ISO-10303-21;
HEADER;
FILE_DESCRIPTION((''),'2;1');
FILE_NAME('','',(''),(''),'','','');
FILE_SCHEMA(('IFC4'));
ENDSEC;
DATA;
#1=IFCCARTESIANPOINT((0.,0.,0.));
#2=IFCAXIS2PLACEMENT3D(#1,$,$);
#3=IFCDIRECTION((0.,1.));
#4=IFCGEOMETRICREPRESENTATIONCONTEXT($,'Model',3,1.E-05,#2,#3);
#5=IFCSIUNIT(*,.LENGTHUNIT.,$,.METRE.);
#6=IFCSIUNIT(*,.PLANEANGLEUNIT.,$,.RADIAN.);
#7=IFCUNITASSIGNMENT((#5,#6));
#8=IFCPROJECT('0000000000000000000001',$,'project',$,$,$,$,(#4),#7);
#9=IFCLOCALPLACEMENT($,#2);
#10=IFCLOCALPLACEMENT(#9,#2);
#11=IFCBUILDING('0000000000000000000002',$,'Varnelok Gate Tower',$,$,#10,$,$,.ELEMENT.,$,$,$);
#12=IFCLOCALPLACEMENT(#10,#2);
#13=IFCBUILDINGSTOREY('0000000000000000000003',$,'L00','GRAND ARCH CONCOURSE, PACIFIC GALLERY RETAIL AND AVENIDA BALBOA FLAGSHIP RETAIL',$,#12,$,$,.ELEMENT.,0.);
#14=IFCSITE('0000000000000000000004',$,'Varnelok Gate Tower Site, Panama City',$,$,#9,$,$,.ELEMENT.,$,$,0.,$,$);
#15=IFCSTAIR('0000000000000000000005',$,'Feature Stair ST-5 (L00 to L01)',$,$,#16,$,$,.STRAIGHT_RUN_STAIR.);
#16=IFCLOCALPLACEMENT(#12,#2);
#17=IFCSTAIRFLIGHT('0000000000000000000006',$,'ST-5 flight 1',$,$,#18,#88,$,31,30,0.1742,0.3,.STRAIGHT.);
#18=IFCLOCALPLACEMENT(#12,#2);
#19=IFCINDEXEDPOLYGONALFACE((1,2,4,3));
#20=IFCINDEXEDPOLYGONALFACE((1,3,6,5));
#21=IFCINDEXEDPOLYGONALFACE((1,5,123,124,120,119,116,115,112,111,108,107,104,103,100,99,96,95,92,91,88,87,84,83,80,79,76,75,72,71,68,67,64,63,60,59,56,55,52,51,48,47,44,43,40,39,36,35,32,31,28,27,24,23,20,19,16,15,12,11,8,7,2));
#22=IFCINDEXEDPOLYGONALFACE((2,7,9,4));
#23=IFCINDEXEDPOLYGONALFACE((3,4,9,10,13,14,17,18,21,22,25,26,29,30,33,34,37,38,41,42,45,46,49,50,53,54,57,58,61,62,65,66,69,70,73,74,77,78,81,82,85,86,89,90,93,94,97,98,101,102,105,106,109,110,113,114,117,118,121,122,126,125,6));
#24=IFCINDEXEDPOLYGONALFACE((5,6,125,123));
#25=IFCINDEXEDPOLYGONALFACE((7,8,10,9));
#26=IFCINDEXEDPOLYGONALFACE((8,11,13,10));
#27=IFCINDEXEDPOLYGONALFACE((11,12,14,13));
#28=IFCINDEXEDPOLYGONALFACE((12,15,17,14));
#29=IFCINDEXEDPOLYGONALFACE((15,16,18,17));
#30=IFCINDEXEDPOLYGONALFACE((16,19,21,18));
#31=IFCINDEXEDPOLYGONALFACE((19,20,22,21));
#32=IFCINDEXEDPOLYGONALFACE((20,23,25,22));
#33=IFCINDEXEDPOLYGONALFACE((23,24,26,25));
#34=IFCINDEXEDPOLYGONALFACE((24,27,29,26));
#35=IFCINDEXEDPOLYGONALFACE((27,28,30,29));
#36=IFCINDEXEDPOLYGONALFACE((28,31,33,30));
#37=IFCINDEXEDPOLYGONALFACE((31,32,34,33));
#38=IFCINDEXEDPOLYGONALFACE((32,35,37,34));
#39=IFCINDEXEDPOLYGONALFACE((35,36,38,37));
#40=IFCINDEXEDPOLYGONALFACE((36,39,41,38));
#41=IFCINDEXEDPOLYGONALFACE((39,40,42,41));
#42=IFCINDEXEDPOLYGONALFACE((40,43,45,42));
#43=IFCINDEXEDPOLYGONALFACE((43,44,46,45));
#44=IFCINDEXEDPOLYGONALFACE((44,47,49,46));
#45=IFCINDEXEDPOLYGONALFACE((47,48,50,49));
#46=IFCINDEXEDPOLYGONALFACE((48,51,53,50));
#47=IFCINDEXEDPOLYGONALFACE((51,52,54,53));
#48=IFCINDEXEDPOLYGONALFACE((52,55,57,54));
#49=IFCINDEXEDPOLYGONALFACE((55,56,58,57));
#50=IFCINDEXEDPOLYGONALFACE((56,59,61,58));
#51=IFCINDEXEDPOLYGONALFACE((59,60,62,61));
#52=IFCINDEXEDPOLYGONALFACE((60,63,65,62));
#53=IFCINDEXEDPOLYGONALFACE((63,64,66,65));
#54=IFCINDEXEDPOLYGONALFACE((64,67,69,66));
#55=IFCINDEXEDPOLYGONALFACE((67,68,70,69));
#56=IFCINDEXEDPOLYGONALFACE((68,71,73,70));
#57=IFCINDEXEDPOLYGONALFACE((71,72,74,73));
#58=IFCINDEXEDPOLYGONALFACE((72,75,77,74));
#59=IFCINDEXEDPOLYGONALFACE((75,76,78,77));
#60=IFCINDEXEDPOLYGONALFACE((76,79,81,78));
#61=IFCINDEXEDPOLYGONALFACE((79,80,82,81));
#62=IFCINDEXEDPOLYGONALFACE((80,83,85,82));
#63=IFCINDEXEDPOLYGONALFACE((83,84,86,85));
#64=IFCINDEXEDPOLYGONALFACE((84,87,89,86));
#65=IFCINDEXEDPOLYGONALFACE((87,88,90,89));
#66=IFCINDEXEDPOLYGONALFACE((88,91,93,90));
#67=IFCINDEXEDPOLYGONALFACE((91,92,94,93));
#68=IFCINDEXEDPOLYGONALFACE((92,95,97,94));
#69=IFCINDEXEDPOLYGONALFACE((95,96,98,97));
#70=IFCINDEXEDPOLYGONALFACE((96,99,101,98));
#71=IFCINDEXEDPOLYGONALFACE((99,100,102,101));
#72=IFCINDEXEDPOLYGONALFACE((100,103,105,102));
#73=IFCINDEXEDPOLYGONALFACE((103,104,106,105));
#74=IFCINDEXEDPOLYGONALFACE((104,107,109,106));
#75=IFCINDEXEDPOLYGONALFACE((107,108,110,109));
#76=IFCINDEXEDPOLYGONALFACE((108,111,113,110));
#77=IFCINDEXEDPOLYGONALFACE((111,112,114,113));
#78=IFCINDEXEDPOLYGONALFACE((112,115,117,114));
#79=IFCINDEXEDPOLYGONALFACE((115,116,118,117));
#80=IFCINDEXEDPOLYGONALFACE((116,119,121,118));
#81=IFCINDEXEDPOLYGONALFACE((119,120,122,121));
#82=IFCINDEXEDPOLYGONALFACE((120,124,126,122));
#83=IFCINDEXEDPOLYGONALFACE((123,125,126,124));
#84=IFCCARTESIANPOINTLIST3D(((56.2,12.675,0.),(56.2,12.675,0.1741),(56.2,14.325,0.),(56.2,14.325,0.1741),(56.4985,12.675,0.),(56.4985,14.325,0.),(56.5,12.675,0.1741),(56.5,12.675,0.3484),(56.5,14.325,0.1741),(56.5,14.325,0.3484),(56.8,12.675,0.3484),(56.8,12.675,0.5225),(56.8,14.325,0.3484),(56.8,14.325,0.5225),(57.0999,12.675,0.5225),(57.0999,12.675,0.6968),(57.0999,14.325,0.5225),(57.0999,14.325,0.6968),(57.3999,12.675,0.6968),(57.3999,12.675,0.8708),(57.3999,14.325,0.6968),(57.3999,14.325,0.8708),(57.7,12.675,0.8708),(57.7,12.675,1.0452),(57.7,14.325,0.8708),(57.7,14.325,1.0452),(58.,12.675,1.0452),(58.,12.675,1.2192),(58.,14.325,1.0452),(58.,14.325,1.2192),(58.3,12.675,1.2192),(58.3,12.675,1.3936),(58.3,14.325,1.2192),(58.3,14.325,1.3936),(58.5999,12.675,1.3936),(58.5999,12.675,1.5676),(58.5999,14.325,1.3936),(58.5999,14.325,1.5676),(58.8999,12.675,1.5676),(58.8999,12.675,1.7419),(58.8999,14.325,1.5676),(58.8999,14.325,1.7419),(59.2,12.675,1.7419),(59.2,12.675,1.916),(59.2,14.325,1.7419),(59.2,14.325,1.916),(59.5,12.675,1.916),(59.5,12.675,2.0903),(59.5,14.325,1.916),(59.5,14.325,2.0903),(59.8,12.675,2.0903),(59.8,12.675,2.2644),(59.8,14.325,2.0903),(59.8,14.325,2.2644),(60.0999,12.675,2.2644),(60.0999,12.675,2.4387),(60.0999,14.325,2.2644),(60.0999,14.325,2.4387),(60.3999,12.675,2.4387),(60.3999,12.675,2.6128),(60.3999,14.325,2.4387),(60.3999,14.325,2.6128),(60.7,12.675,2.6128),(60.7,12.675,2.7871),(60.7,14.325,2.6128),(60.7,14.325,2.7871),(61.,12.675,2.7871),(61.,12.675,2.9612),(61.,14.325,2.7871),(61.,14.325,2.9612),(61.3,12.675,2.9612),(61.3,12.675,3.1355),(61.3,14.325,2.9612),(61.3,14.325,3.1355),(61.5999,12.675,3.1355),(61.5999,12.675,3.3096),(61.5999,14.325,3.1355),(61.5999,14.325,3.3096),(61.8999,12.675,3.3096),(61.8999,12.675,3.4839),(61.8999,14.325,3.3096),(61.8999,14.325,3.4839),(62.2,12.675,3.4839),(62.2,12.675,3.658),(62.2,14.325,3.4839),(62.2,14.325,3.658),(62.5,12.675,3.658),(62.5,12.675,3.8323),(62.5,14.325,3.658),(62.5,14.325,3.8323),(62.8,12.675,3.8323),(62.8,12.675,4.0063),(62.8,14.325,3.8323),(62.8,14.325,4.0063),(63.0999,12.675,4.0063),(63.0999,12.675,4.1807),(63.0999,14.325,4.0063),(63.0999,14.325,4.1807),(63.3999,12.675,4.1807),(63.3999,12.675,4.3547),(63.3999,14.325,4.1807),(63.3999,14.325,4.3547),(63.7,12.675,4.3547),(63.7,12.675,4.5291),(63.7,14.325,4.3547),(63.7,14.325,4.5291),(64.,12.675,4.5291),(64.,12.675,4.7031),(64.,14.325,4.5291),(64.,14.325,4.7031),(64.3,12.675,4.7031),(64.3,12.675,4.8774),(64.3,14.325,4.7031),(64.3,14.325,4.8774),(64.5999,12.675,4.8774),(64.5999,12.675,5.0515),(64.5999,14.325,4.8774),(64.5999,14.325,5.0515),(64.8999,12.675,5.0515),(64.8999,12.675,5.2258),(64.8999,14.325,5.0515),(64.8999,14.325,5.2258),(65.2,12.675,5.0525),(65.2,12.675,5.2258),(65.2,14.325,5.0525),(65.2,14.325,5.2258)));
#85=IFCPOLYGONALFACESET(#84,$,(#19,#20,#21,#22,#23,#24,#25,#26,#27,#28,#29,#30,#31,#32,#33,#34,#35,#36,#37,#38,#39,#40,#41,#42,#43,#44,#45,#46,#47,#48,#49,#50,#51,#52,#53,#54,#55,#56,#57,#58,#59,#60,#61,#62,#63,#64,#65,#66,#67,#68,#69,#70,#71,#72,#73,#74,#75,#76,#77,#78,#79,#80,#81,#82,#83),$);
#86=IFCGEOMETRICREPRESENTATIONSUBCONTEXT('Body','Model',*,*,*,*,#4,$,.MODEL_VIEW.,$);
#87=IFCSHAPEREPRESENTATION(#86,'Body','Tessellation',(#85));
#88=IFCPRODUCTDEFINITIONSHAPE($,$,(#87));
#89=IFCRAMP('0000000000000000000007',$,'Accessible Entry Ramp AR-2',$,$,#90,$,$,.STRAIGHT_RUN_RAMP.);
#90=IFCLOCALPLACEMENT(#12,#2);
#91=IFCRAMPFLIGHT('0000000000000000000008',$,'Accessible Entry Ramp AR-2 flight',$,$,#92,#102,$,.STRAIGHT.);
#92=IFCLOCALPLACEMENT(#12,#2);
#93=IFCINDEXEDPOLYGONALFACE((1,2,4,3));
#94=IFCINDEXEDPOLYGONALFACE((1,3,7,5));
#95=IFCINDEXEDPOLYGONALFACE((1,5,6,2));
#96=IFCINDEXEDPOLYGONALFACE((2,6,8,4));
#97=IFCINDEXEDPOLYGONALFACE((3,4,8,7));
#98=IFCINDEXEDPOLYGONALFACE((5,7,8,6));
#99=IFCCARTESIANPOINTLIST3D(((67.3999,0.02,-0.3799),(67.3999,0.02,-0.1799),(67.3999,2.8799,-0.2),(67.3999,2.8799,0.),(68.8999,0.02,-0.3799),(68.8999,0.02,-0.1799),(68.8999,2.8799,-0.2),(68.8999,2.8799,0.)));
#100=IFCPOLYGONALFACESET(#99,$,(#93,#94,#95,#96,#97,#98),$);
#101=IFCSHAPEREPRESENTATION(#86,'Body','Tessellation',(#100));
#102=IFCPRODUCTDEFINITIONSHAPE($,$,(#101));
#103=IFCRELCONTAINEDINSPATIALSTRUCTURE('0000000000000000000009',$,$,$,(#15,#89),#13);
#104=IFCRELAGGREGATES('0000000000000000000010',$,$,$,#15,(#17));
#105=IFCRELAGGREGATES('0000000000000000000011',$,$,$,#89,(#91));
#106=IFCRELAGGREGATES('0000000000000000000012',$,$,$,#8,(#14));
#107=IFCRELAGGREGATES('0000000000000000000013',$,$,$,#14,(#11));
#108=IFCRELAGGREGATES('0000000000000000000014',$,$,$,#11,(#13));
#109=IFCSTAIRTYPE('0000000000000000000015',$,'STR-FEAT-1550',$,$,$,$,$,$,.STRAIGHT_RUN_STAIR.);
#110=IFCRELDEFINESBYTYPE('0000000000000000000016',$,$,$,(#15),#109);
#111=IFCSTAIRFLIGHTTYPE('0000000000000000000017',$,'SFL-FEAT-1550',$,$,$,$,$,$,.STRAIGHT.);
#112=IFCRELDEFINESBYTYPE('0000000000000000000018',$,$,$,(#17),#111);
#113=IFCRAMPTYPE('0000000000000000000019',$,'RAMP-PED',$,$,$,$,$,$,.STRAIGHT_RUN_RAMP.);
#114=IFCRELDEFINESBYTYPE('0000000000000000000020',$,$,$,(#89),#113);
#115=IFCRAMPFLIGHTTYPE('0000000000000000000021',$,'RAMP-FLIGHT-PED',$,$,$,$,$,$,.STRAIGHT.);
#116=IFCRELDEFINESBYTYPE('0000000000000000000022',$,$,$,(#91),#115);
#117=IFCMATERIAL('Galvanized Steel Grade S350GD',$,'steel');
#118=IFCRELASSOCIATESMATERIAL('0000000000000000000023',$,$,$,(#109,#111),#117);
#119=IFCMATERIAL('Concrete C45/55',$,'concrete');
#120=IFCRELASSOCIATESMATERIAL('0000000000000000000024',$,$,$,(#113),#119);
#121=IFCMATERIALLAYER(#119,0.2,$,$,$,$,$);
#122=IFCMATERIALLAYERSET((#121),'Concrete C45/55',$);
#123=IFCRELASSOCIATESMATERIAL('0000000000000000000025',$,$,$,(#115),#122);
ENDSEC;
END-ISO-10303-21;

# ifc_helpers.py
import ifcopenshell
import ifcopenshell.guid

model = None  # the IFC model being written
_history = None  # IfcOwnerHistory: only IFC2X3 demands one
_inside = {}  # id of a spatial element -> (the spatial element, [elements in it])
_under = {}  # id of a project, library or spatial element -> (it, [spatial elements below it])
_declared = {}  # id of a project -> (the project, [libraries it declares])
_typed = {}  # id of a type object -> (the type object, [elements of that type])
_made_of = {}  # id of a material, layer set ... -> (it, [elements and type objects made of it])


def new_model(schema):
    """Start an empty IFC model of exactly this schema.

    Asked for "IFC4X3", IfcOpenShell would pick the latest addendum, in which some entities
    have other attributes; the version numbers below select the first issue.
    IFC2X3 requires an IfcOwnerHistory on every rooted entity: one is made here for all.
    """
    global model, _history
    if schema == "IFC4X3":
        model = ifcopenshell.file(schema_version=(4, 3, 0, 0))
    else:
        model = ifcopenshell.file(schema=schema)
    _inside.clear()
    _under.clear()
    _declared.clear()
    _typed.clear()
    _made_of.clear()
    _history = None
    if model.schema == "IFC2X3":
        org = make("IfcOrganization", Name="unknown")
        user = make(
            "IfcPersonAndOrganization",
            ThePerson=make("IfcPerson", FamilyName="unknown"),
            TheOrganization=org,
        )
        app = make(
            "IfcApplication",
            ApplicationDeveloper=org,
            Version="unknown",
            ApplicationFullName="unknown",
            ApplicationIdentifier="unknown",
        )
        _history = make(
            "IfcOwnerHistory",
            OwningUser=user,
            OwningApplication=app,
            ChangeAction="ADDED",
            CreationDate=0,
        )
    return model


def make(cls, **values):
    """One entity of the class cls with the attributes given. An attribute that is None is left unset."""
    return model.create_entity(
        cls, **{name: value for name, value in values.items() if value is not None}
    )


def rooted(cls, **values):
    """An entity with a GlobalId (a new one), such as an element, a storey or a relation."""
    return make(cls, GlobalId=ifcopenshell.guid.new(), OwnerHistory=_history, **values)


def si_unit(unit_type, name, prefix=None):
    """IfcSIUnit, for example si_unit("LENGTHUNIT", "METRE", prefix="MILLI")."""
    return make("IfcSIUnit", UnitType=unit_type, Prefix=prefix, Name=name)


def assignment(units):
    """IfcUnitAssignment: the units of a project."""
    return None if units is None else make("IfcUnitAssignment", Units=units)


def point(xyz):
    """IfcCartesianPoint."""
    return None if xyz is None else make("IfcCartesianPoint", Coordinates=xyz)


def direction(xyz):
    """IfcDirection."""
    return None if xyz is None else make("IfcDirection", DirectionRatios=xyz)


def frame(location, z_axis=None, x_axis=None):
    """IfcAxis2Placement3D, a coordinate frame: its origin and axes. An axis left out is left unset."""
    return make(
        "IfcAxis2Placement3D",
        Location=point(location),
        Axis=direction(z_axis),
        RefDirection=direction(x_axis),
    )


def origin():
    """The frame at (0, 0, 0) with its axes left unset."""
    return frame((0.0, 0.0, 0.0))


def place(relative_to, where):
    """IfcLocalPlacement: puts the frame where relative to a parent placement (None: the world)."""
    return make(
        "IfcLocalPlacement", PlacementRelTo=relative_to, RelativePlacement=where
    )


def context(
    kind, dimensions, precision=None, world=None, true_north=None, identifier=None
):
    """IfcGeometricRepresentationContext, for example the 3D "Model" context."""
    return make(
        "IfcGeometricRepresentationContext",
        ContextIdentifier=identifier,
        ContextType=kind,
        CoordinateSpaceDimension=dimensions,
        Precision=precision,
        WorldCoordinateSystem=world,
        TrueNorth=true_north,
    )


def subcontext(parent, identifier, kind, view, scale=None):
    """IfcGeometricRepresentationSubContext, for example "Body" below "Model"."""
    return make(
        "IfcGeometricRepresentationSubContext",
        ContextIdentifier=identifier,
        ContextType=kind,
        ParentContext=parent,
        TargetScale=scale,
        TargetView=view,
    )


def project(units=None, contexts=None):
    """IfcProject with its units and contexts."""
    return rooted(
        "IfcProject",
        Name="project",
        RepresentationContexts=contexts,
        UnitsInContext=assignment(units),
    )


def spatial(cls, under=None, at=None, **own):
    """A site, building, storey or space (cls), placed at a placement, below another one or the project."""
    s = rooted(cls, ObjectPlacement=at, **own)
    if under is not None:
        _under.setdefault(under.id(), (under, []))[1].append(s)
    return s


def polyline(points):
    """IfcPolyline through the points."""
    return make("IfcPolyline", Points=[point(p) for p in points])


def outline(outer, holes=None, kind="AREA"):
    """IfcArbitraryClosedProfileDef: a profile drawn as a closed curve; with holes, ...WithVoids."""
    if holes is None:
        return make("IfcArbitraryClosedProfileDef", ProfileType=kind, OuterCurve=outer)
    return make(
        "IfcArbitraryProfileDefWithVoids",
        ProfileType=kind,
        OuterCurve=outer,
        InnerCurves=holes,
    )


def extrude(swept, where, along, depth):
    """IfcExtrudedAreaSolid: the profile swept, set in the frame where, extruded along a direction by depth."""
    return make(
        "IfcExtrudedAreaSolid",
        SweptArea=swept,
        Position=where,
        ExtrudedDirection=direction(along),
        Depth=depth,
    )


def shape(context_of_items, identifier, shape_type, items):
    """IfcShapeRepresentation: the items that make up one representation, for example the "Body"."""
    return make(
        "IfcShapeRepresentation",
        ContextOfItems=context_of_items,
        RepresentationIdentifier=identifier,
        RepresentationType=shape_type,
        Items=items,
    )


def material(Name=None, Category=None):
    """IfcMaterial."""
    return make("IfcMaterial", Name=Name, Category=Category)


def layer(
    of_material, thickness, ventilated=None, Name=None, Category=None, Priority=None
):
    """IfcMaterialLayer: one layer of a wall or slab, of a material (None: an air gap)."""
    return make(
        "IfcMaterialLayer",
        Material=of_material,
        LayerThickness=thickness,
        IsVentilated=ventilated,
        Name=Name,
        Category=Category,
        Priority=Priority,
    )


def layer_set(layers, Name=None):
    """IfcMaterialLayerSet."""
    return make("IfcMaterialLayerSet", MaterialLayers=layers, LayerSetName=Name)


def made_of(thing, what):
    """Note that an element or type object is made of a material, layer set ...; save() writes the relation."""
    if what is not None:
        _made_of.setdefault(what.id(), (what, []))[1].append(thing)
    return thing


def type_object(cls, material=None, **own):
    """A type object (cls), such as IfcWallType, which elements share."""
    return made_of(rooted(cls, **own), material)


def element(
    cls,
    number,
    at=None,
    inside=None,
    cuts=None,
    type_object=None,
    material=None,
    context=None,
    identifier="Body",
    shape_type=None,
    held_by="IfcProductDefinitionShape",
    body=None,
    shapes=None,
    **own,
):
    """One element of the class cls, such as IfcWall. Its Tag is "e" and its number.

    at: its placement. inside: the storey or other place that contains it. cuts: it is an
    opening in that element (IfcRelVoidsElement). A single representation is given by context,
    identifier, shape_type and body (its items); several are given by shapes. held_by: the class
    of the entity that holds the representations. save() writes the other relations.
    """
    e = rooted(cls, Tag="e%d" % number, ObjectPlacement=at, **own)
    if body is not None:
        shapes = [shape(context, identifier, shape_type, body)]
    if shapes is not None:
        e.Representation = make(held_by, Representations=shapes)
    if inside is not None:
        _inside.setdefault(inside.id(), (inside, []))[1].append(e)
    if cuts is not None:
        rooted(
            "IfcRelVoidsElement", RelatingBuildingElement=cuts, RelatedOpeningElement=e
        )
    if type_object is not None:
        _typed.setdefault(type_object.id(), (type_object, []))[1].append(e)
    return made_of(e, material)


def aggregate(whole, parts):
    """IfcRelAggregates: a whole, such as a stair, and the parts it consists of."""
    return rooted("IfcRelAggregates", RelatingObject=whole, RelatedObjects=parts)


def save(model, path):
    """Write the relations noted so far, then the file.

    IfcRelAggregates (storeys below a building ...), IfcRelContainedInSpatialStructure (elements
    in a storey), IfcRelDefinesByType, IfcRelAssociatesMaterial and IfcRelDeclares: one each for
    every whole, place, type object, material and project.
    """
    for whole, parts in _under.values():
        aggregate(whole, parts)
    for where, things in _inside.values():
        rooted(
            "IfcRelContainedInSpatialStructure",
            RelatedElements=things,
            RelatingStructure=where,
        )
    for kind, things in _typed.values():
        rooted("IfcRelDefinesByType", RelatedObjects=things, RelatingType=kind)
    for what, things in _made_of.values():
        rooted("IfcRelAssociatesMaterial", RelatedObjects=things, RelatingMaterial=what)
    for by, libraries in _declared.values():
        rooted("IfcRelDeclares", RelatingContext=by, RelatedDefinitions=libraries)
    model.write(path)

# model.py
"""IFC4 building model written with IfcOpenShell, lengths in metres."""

from ifc_helpers import new_model, si_unit, direction, frame, origin, place, context, subcontext, project, spatial, polyline, outline, extrude, material, layer, layer_set, type_object, element, aggregate, save


model = new_model("IFC4")

# Units and contexts
model_context = context("Model", 3, precision=1e-05, world=origin(), true_north=direction((0.0, 1.0)))
body_context = subcontext(model_context, "Body", "Model", "MODEL_VIEW")
ifc_project = project(units=[si_unit("LENGTHUNIT", "METRE"), si_unit("PLANEANGLEUNIT", "RADIAN")], contexts=[model_context])

# Site, building, storey
site_placement = place(None, origin())
site = spatial("IfcSite", under=ifc_project, at=site_placement, Name="Varnelok Gate Tower Site, Panama City", CompositionType="ELEMENT", RefElevation=0.0)
building_placement = place(site_placement, origin())
building = spatial("IfcBuilding", under=site, at=building_placement, Name="Varnelok Gate Tower", CompositionType="ELEMENT")
storey_placement = place(building_placement, origin())
storey = spatial("IfcBuildingStorey", under=building, at=storey_placement, Name="L00", Description="GRAND ARCH CONCOURSE, PACIFIC GALLERY RETAIL AND AVENIDA BALBOA FLAGSHIP RETAIL", CompositionType="ELEMENT", Elevation=0.0)

# Shared definitions
ifc_material_1 = material(Name="Concrete C45/55", Category="concrete")

# Stair, stair flight
ifc_material_2 = material(Name="Galvanized Steel Grade S350GD", Category="steel")
stair_type = type_object("IfcStairType", Name="STR-FEAT-1550", PredefinedType="STRAIGHT_RUN_STAIR", material=ifc_material_2)
stair_placement = place(storey_placement, origin())
stair = element("IfcStair", 1, at=stair_placement, inside=storey, type_object=stair_type, Name="Feature Stair ST-5 (L00 to L01)", PredefinedType="STRAIGHT_RUN_STAIR")
stair_flight_type = type_object("IfcStairFlightType", Name="SFL-FEAT-1550", PredefinedType="STRAIGHT", material=ifc_material_2)
stair_flight_placement = place(storey_placement, frame((56.2, 13.5, 0.0), z_axis=(0.0, 0.0, 1.0), x_axis=(1.0, 0.0, 0.0)))
stair_flight = element("IfcStairFlight", 2, at=stair_flight_placement, type_object=stair_flight_type, Name="ST-5 flight 1", NumberOfRisers=31, NumberOfTreads=30, PredefinedType="STRAIGHT", RiserHeight=0.1742, TreadLength=0.3, context=body_context, shape_type="SweptSolid", body=[
    extrude(outline(polyline([(0.0, 0.0), (0.0, 0.1741), (0.3, 0.1741), (0.3, 0.3484), (0.6001, 0.3484), (0.6001, 0.5225), (0.8999, 0.5225), (0.8999, 0.6968), (1.2, 0.6968), (1.2, 0.8708), (1.5, 0.8708), (1.5, 1.0452), (1.8, 1.0452), (1.8, 1.2192), (2.1001, 1.2192), (2.1001, 1.3936), (2.3999, 1.3936), (2.3999, 1.5676), (2.7, 1.5676), (2.7, 1.7419), (3.0, 1.7419), (3.0, 1.916), (3.3, 1.916), (3.3, 2.0903), (3.6001, 2.0903), (3.6001, 2.2644), (3.8999, 2.2644), (3.8999, 2.4387), (4.2, 2.4387), (4.2, 2.6128), (4.5, 2.6128), (4.5, 2.7871), (4.8, 2.7871), (4.8, 2.9612), (5.1001, 2.9612), (5.1001, 3.1355), (5.3999, 3.1355), (5.3999, 3.3096), (5.7, 3.3096), (5.7, 3.4839), (6.0, 3.4839), (6.0, 3.658), (6.3, 3.658), (6.3, 3.8323), (6.6001, 3.8323), (6.6001, 4.0063), (6.8999, 4.0063), (6.8999, 4.1807), (7.2, 4.1807), (7.2, 4.3547), (7.5, 4.3547), (7.5, 4.5291), (7.8, 4.5291), (7.8, 4.7031), (8.1001, 4.7031), (8.1001, 4.8774), (8.3999, 4.8774), (8.3999, 5.0515), (8.7, 5.0515), (8.7, 5.2258), (9.0, 5.2258), (9.0, 5.3999), (9.0, 5.0525), (0.2986, 0.0), (0.0, 0.0)])), frame((0.0, 0.825, 0.0), z_axis=(0.0, -1.0, 0.0), x_axis=(1.0, 0.0, 0.0)), (0.0, 0.0, 1.0), 1.6499),
])
aggregate(stair, [stair_flight])

# Ramp, ramp flight
ramp_type = type_object("IfcRampType", Name="RAMP-PED", PredefinedType="STRAIGHT_RUN_RAMP", material=ifc_material_1)
ramp_placement = place(storey_placement, origin())
ramp = element("IfcRamp", 3, at=ramp_placement, inside=storey, type_object=ramp_type, Name="Accessible Entry Ramp AR-2", PredefinedType="STRAIGHT_RUN_RAMP")
ifc_layer_1 = layer(ifc_material_1, 0.2)
ifc_layer_set_1 = layer_set([ifc_layer_1], Name="Concrete C45/55")
ramp_flight_type = type_object("IfcRampFlightType", Name="RAMP-FLIGHT-PED", PredefinedType="STRAIGHT", material=ifc_layer_set_1)
ramp_flight_placement = place(storey_placement, frame((68.1499, 0.02, -0.1799), z_axis=(0.0, 0.0, 1.0), x_axis=(0.0, 1.0, 0.0)))
ramp_flight = element("IfcRampFlight", 4, at=ramp_flight_placement, type_object=ramp_flight_type, Name="Accessible Entry Ramp AR-2 flight", PredefinedType="STRAIGHT", context=body_context, shape_type="SweptSolid", body=[
    extrude(outline(polyline([(0.0, 0.0), (2.8599, 0.1799), (2.8599, -0.02), (0.0, -0.2), (0.0, 0.0)])), frame((0.0, 0.75, 0.0), z_axis=(0.0, -1.0, 0.0), x_axis=(1.0, 0.0, 0.0)), (0.0, 0.0, 1.0), 1.5),
])
aggregate(ramp, [ramp_flight])

save(model, "model.ifc")
